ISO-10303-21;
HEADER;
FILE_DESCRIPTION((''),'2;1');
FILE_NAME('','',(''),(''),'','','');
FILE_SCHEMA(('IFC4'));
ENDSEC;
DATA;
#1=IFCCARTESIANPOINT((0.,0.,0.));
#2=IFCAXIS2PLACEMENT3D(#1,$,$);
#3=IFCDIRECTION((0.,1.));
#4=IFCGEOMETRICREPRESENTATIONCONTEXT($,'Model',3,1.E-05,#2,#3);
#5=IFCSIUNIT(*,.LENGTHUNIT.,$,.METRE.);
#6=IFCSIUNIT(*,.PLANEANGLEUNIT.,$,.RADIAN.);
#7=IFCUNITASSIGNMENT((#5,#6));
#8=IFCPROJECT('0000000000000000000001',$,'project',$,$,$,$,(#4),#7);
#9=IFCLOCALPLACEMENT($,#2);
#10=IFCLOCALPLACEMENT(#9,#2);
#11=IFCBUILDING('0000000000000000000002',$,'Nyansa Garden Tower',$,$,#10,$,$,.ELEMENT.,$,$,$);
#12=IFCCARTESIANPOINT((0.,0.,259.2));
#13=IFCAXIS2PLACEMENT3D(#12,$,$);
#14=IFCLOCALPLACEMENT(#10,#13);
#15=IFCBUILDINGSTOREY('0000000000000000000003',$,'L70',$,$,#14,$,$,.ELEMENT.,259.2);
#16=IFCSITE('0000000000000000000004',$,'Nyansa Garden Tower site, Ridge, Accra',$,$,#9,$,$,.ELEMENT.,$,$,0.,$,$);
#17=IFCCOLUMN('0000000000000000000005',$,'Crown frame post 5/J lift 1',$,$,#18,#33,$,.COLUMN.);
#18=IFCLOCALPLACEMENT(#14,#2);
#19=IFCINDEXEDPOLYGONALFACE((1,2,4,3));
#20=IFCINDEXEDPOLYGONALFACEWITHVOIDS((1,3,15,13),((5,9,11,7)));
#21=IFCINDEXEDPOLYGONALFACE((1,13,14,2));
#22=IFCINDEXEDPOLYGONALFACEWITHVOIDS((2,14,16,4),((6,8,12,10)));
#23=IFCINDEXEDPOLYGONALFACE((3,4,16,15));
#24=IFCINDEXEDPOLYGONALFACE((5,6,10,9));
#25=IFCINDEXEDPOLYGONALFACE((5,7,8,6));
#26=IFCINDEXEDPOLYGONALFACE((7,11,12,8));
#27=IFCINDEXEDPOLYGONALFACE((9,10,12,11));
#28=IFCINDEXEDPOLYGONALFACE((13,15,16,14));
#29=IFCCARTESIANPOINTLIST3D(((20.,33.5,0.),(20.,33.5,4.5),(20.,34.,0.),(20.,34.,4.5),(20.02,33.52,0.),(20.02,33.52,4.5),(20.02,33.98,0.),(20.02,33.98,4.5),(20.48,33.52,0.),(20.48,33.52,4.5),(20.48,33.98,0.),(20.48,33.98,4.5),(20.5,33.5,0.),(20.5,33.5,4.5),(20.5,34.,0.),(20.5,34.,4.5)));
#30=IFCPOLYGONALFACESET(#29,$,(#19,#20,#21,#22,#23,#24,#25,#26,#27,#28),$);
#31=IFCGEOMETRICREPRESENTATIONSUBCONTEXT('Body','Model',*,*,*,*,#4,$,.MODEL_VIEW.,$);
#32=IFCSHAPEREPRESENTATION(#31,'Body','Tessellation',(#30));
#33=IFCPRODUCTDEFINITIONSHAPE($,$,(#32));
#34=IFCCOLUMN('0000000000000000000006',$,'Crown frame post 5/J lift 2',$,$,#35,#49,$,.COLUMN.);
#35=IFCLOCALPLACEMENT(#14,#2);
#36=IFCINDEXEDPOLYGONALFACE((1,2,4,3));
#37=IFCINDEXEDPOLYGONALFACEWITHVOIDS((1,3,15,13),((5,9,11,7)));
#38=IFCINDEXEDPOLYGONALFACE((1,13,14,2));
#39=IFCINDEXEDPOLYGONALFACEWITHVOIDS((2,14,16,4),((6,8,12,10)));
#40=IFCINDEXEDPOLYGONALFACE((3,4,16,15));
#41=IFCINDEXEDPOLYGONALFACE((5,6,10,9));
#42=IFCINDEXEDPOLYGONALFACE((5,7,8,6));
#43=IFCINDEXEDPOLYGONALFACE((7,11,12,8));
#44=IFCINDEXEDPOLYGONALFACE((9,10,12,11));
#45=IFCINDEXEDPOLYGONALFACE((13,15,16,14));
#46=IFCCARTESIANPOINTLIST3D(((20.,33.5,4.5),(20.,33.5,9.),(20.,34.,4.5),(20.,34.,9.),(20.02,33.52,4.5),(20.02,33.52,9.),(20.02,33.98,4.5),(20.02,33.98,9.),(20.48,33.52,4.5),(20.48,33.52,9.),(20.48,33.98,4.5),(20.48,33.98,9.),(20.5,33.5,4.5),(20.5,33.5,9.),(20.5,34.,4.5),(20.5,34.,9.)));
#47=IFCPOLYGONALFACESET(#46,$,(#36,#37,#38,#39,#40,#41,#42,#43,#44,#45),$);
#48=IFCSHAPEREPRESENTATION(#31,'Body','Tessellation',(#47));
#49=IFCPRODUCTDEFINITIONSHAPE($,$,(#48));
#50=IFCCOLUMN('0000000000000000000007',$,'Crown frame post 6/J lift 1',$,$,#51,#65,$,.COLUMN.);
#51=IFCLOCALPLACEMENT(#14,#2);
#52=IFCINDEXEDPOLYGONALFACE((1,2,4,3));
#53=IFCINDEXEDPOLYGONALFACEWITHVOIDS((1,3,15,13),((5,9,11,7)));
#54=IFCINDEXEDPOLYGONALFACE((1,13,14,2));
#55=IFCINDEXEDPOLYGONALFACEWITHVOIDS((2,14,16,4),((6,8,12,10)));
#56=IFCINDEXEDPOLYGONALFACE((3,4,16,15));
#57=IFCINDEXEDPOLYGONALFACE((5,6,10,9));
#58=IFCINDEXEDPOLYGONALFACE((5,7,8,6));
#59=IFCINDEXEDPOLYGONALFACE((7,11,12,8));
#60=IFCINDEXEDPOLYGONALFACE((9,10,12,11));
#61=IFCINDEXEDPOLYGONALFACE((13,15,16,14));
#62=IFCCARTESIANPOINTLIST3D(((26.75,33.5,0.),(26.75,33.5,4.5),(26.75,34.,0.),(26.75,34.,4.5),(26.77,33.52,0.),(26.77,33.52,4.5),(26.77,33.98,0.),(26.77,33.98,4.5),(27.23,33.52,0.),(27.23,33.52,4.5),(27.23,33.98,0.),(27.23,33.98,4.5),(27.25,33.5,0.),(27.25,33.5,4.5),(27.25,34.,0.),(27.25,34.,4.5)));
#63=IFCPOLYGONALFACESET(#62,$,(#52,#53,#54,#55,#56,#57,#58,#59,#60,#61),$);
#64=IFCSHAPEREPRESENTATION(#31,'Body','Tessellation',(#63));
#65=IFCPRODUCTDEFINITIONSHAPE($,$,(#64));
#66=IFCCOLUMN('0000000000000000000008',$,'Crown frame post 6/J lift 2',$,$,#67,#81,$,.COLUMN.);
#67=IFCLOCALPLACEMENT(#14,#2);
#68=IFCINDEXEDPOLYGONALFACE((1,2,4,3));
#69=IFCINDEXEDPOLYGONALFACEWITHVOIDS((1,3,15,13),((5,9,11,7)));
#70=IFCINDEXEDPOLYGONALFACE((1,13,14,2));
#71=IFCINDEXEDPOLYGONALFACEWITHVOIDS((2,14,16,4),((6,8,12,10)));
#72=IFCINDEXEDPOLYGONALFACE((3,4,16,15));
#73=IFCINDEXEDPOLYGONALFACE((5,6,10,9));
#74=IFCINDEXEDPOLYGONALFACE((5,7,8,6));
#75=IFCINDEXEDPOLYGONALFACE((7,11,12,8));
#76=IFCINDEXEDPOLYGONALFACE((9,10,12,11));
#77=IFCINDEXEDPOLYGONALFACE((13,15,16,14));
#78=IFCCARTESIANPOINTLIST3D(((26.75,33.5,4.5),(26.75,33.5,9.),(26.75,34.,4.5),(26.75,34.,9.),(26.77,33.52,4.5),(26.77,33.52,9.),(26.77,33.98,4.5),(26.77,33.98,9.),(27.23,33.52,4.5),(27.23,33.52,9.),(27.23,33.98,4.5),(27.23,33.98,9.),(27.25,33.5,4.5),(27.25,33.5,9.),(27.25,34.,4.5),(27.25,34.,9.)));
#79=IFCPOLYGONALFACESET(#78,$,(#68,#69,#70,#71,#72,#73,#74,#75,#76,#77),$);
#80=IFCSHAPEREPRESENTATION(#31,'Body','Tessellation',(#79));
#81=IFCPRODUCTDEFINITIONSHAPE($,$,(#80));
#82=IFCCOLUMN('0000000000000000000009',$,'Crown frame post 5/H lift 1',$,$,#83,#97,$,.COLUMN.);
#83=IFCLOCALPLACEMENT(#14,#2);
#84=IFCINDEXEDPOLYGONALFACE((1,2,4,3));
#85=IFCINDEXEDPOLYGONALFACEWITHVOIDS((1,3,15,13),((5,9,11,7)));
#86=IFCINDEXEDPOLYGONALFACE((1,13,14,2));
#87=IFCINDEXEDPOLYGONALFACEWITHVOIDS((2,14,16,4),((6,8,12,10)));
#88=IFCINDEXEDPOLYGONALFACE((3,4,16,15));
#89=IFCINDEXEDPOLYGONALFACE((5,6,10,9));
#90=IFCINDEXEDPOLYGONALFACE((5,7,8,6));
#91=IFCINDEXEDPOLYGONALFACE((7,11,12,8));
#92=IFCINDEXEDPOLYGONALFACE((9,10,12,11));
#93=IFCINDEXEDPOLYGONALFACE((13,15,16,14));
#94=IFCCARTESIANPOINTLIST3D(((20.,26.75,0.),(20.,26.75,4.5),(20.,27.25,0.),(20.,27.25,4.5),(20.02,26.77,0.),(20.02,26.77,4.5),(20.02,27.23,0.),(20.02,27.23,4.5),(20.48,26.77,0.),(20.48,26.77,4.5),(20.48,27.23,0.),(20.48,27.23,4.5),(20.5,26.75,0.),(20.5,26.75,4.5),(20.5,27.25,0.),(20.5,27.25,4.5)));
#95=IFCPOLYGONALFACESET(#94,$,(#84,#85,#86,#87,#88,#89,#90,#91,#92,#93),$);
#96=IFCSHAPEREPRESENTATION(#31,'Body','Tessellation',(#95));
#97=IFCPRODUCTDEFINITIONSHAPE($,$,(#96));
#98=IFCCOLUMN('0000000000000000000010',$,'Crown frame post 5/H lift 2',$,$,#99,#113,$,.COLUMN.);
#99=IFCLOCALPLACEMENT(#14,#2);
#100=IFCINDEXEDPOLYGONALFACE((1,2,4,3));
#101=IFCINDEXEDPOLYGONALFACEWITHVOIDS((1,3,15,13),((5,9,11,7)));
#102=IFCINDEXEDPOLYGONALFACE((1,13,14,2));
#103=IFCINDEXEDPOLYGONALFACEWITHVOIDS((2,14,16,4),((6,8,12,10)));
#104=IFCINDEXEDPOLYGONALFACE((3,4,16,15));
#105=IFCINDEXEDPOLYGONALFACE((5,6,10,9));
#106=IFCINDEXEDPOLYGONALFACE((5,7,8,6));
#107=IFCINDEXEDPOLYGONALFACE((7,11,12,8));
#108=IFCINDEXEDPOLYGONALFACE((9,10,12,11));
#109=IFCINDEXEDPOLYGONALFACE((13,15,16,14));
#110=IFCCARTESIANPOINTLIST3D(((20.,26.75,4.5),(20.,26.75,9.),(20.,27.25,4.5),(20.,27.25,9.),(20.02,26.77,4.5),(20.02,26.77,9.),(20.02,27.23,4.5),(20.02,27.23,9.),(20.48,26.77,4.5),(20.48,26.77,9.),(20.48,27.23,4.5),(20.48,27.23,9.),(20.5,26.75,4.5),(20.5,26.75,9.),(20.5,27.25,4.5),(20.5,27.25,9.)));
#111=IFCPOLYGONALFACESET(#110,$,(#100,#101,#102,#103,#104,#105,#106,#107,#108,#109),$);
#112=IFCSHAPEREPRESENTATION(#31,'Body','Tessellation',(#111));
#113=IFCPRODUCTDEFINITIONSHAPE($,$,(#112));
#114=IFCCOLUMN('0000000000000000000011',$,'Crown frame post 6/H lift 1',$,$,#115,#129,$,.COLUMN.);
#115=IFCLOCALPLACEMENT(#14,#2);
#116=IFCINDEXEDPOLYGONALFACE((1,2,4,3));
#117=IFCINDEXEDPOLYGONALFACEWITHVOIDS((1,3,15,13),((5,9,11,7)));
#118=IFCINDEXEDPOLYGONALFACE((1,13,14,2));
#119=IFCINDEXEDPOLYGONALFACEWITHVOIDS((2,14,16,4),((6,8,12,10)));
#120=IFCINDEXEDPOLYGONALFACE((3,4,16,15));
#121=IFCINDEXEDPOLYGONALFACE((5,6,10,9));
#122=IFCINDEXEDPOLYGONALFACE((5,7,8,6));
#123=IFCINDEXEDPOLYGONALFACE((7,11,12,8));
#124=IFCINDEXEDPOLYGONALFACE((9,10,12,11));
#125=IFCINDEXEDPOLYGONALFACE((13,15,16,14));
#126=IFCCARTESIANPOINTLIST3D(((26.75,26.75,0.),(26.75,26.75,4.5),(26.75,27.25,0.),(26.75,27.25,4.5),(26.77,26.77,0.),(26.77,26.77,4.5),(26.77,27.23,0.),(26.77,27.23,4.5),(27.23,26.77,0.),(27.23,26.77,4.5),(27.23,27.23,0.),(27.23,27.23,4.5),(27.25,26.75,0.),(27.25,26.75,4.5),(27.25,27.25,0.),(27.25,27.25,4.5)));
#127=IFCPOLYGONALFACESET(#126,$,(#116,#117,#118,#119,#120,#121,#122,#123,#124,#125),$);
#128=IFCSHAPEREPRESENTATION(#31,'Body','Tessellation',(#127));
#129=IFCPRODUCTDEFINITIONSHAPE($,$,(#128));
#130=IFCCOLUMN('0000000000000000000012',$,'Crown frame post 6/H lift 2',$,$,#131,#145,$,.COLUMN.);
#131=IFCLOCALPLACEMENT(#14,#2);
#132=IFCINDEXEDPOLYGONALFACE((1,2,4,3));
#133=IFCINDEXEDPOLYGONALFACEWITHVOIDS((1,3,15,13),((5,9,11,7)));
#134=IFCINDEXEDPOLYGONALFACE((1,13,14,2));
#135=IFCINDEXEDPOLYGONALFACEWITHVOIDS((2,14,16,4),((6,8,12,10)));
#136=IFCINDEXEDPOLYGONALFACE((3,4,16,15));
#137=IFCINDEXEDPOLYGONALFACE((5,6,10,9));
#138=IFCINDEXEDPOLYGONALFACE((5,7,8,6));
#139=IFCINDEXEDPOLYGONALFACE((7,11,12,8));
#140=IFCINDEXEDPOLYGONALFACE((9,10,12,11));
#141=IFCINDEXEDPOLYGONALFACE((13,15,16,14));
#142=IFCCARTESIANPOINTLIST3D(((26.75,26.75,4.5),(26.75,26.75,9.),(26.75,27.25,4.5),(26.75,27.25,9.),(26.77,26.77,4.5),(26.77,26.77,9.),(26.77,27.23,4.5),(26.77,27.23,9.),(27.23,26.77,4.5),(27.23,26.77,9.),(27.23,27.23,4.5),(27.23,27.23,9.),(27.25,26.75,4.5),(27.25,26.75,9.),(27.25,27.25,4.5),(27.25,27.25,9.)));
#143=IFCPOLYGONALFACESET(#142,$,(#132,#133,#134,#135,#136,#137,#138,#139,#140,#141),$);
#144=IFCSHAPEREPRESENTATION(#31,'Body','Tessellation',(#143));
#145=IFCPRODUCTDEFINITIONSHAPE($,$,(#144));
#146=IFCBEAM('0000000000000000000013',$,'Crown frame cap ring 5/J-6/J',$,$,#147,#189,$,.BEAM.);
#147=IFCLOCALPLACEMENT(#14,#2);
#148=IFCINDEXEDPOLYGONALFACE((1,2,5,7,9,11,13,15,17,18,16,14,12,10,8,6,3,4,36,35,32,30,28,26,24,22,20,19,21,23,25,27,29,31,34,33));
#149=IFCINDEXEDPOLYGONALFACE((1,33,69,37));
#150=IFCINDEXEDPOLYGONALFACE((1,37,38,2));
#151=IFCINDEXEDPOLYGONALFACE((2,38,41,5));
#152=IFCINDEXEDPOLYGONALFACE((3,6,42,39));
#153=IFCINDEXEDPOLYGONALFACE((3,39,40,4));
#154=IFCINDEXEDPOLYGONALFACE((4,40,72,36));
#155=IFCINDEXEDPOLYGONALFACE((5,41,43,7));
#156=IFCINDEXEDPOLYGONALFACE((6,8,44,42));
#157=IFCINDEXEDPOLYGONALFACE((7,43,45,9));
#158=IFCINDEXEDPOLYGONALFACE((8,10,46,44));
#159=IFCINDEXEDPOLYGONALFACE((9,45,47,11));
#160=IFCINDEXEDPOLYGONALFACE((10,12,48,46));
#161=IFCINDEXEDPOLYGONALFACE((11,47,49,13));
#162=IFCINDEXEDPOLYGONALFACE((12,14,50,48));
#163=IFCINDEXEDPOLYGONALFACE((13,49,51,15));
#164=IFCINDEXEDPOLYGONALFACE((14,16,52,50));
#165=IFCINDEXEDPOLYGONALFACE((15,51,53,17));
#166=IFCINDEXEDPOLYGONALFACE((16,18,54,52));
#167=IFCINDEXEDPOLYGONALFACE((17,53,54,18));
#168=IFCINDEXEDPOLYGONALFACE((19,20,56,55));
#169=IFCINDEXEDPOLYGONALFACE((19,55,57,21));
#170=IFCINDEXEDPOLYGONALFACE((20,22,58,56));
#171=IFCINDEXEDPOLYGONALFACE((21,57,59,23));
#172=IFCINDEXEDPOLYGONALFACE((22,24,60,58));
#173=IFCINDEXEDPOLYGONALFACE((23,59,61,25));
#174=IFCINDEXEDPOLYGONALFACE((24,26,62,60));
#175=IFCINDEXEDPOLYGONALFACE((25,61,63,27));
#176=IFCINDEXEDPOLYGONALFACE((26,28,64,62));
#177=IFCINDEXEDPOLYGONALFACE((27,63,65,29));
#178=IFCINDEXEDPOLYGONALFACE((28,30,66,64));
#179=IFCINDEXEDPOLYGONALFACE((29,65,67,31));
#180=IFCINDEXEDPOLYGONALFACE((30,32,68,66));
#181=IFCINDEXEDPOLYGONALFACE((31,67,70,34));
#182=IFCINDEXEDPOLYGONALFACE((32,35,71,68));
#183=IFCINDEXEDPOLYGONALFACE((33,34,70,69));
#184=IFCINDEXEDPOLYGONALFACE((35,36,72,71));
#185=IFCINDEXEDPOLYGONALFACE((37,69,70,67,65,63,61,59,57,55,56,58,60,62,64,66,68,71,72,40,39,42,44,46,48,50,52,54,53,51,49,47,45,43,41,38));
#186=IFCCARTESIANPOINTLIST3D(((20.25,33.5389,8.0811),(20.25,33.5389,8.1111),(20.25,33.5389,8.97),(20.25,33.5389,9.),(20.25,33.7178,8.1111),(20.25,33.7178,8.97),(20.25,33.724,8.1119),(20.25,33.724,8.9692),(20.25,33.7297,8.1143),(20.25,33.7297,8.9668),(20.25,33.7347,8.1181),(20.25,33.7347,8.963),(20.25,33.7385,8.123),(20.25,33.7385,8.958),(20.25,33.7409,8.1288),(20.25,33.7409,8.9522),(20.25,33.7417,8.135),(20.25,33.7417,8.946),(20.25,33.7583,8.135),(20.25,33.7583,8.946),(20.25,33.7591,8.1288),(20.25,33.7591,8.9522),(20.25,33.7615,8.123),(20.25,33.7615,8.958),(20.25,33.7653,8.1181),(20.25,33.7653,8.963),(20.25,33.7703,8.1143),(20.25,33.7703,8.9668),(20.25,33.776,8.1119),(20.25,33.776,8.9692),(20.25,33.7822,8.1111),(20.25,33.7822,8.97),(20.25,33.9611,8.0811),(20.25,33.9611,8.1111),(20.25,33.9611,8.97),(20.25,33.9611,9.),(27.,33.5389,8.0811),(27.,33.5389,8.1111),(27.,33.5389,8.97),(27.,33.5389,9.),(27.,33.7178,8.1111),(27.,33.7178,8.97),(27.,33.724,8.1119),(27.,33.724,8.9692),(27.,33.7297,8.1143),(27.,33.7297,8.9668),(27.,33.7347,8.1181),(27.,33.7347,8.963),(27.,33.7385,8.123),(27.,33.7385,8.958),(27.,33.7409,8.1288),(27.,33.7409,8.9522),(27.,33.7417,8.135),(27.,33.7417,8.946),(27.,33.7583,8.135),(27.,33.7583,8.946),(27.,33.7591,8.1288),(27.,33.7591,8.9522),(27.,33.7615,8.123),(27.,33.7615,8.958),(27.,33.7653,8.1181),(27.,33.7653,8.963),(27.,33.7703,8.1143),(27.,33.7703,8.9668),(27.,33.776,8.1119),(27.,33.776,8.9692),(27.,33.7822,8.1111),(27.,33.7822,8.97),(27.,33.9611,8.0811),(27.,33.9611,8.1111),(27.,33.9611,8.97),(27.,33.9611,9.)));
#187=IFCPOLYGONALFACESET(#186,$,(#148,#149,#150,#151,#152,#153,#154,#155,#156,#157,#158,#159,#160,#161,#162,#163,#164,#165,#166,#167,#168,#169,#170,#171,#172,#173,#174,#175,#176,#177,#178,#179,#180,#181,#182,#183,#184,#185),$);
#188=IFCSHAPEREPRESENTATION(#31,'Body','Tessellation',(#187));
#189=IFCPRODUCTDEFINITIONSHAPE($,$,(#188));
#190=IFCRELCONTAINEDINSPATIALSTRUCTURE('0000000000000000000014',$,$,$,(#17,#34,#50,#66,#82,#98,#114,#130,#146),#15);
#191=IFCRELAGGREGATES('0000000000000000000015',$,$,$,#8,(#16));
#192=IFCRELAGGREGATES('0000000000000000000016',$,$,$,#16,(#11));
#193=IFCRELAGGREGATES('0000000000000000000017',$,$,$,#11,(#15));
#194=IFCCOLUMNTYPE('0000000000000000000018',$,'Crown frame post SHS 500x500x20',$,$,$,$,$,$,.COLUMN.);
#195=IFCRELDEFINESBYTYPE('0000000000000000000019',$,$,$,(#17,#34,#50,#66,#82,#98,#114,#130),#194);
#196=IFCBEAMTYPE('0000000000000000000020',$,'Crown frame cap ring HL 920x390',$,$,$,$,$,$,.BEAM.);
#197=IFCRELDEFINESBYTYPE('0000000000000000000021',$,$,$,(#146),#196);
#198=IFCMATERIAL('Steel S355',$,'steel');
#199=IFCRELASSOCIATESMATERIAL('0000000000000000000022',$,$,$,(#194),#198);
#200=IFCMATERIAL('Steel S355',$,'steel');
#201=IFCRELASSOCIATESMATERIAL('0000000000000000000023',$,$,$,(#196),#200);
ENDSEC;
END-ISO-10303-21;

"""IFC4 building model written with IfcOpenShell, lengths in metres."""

from ifc_helpers import new_model, si_unit, direction, frame, origin, origin_2d, place, context, subcontext, project, spatial, hollow_rectangle, i_section, extrude, material, material_profile, profile_set, type_object, element, save


model = new_model("IFC4")

# Units and contexts
model_context = context("Model", 3, precision=1e-05, world=origin(), true_north=direction((0.0, 1.0)))
body_context = subcontext(model_context, "Body", "Model", "MODEL_VIEW")
ifc_project = project(units=[si_unit("LENGTHUNIT", "METRE"), si_unit("PLANEANGLEUNIT", "RADIAN")], contexts=[model_context])

# Site, building, storey
site_placement = place(None, origin())
site = spatial("IfcSite", under=ifc_project, at=site_placement, Name="Nyansa Garden Tower site, Ridge, Accra", CompositionType="ELEMENT", RefElevation=0.0)
building_placement = place(site_placement, origin())
building = spatial("IfcBuilding", under=site, at=building_placement, Name="Nyansa Garden Tower", CompositionType="ELEMENT")
storey_placement = place(building_placement, frame((0.0, 0.0, 259.2)))
storey = spatial("IfcBuildingStorey", under=building, at=storey_placement, Name="L70", CompositionType="ELEMENT", Elevation=259.2)

# Columns
ifc_material_1 = material(Name="Steel S355", Category="steel")
ifc_material_profile_1 = material_profile(ifc_material_1, hollow_rectangle(XDim=0.5, YDim=0.5, WallThickness=0.02, at=origin_2d()), Name="SHS 500x500x20")
ifc_profile_set_1 = profile_set([ifc_material_profile_1], Name="Steel S355")
column_type = type_object("IfcColumnType", Name="Crown frame post SHS 500x500x20", PredefinedType="COLUMN", material=ifc_profile_set_1)
for number, where, z_axis, x_axis, name in (
    (1, (20.25, 33.75, 0.0), (0.0, 0.0, 1.0), (1.0, 0.0, 0.0), "Crown frame post 5/J lift 1"),
    (2, (20.25, 33.75, 4.5), (0.0, 0.0, 1.0), (1.0, 0.0, 0.0), "Crown frame post 5/J lift 2"),
    (3, (27.0, 33.75, 0.0), (0.0, 0.0, 1.0), (1.0, 0.0, 0.0), "Crown frame post 6/J lift 1"),
    (4, (27.0, 33.75, 4.5), (0.0, 0.0, 1.0), (1.0, 0.0, 0.0), "Crown frame post 6/J lift 2"),
    (5, (20.25, 27.0, 0.0), (0.0, 0.0, 1.0), (1.0, 0.0, 0.0), "Crown frame post 5/H lift 1"),
    (6, (20.25, 27.0, 4.5), (0.0, 0.0, 1.0), (1.0, 0.0, 0.0), "Crown frame post 5/H lift 2"),
    (7, (27.0, 27.0, 0.0), (0.0, 0.0, 1.0), (1.0, 0.0, 0.0), "Crown frame post 6/H lift 1"),
    (8, (27.0, 27.0, 4.5), (0.0, 0.0, 1.0), (1.0, 0.0, 0.0), "Crown frame post 6/H lift 2"),
):
    element("IfcColumn", number, at=place(storey_placement, frame(where, z_axis=z_axis, x_axis=x_axis)), inside=storey, type_object=column_type, Name=name, PredefinedType="COLUMN", context=body_context, shape_type="SweptSolid", body=[
        extrude(hollow_rectangle(XDim=0.5, YDim=0.5, WallThickness=0.02, at=origin_2d()), origin(), (0.0, 0.0, 1.0), 4.5),
    ])

# Beam
ifc_material_2 = material(Name="Steel S355", Category="steel")
ifc_material_profile_2 = material_profile(ifc_material_2, i_section(OverallWidth=0.4221, OverallDepth=0.9189, WebThickness=0.0166, FlangeThickness=0.03, FilletRadius=0.0239, at=origin_2d()), Name="HL 920x390")
ifc_profile_set_2 = profile_set([ifc_material_profile_2], Name="Steel S355")
beam_type_1 = type_object("IfcBeamType", Name="Crown frame cap ring HL 920x390", PredefinedType="BEAM", material=ifc_profile_set_2)
beam_1_placement = place(storey_placement, frame((20.25, 33.75, 8.5405), z_axis=(1.0, 0.0, 0.0), x_axis=(0.0, 1.0, 0.0)))
element("IfcBeam", 9, at=beam_1_placement, inside=storey, type_object=beam_type_1, Name="Crown frame cap ring 5/J-6/J", PredefinedType="BEAM", context=body_context, shape_type="SweptSolid", body=[
    extrude(i_section(OverallWidth=0.4221, OverallDepth=0.9189, WebThickness=0.0166, FlangeThickness=0.03, FilletRadius=0.0239, at=origin_2d()), origin(), (0.0, 0.0, 1.0), 6.75),
])

save(model, "model.ifc")
